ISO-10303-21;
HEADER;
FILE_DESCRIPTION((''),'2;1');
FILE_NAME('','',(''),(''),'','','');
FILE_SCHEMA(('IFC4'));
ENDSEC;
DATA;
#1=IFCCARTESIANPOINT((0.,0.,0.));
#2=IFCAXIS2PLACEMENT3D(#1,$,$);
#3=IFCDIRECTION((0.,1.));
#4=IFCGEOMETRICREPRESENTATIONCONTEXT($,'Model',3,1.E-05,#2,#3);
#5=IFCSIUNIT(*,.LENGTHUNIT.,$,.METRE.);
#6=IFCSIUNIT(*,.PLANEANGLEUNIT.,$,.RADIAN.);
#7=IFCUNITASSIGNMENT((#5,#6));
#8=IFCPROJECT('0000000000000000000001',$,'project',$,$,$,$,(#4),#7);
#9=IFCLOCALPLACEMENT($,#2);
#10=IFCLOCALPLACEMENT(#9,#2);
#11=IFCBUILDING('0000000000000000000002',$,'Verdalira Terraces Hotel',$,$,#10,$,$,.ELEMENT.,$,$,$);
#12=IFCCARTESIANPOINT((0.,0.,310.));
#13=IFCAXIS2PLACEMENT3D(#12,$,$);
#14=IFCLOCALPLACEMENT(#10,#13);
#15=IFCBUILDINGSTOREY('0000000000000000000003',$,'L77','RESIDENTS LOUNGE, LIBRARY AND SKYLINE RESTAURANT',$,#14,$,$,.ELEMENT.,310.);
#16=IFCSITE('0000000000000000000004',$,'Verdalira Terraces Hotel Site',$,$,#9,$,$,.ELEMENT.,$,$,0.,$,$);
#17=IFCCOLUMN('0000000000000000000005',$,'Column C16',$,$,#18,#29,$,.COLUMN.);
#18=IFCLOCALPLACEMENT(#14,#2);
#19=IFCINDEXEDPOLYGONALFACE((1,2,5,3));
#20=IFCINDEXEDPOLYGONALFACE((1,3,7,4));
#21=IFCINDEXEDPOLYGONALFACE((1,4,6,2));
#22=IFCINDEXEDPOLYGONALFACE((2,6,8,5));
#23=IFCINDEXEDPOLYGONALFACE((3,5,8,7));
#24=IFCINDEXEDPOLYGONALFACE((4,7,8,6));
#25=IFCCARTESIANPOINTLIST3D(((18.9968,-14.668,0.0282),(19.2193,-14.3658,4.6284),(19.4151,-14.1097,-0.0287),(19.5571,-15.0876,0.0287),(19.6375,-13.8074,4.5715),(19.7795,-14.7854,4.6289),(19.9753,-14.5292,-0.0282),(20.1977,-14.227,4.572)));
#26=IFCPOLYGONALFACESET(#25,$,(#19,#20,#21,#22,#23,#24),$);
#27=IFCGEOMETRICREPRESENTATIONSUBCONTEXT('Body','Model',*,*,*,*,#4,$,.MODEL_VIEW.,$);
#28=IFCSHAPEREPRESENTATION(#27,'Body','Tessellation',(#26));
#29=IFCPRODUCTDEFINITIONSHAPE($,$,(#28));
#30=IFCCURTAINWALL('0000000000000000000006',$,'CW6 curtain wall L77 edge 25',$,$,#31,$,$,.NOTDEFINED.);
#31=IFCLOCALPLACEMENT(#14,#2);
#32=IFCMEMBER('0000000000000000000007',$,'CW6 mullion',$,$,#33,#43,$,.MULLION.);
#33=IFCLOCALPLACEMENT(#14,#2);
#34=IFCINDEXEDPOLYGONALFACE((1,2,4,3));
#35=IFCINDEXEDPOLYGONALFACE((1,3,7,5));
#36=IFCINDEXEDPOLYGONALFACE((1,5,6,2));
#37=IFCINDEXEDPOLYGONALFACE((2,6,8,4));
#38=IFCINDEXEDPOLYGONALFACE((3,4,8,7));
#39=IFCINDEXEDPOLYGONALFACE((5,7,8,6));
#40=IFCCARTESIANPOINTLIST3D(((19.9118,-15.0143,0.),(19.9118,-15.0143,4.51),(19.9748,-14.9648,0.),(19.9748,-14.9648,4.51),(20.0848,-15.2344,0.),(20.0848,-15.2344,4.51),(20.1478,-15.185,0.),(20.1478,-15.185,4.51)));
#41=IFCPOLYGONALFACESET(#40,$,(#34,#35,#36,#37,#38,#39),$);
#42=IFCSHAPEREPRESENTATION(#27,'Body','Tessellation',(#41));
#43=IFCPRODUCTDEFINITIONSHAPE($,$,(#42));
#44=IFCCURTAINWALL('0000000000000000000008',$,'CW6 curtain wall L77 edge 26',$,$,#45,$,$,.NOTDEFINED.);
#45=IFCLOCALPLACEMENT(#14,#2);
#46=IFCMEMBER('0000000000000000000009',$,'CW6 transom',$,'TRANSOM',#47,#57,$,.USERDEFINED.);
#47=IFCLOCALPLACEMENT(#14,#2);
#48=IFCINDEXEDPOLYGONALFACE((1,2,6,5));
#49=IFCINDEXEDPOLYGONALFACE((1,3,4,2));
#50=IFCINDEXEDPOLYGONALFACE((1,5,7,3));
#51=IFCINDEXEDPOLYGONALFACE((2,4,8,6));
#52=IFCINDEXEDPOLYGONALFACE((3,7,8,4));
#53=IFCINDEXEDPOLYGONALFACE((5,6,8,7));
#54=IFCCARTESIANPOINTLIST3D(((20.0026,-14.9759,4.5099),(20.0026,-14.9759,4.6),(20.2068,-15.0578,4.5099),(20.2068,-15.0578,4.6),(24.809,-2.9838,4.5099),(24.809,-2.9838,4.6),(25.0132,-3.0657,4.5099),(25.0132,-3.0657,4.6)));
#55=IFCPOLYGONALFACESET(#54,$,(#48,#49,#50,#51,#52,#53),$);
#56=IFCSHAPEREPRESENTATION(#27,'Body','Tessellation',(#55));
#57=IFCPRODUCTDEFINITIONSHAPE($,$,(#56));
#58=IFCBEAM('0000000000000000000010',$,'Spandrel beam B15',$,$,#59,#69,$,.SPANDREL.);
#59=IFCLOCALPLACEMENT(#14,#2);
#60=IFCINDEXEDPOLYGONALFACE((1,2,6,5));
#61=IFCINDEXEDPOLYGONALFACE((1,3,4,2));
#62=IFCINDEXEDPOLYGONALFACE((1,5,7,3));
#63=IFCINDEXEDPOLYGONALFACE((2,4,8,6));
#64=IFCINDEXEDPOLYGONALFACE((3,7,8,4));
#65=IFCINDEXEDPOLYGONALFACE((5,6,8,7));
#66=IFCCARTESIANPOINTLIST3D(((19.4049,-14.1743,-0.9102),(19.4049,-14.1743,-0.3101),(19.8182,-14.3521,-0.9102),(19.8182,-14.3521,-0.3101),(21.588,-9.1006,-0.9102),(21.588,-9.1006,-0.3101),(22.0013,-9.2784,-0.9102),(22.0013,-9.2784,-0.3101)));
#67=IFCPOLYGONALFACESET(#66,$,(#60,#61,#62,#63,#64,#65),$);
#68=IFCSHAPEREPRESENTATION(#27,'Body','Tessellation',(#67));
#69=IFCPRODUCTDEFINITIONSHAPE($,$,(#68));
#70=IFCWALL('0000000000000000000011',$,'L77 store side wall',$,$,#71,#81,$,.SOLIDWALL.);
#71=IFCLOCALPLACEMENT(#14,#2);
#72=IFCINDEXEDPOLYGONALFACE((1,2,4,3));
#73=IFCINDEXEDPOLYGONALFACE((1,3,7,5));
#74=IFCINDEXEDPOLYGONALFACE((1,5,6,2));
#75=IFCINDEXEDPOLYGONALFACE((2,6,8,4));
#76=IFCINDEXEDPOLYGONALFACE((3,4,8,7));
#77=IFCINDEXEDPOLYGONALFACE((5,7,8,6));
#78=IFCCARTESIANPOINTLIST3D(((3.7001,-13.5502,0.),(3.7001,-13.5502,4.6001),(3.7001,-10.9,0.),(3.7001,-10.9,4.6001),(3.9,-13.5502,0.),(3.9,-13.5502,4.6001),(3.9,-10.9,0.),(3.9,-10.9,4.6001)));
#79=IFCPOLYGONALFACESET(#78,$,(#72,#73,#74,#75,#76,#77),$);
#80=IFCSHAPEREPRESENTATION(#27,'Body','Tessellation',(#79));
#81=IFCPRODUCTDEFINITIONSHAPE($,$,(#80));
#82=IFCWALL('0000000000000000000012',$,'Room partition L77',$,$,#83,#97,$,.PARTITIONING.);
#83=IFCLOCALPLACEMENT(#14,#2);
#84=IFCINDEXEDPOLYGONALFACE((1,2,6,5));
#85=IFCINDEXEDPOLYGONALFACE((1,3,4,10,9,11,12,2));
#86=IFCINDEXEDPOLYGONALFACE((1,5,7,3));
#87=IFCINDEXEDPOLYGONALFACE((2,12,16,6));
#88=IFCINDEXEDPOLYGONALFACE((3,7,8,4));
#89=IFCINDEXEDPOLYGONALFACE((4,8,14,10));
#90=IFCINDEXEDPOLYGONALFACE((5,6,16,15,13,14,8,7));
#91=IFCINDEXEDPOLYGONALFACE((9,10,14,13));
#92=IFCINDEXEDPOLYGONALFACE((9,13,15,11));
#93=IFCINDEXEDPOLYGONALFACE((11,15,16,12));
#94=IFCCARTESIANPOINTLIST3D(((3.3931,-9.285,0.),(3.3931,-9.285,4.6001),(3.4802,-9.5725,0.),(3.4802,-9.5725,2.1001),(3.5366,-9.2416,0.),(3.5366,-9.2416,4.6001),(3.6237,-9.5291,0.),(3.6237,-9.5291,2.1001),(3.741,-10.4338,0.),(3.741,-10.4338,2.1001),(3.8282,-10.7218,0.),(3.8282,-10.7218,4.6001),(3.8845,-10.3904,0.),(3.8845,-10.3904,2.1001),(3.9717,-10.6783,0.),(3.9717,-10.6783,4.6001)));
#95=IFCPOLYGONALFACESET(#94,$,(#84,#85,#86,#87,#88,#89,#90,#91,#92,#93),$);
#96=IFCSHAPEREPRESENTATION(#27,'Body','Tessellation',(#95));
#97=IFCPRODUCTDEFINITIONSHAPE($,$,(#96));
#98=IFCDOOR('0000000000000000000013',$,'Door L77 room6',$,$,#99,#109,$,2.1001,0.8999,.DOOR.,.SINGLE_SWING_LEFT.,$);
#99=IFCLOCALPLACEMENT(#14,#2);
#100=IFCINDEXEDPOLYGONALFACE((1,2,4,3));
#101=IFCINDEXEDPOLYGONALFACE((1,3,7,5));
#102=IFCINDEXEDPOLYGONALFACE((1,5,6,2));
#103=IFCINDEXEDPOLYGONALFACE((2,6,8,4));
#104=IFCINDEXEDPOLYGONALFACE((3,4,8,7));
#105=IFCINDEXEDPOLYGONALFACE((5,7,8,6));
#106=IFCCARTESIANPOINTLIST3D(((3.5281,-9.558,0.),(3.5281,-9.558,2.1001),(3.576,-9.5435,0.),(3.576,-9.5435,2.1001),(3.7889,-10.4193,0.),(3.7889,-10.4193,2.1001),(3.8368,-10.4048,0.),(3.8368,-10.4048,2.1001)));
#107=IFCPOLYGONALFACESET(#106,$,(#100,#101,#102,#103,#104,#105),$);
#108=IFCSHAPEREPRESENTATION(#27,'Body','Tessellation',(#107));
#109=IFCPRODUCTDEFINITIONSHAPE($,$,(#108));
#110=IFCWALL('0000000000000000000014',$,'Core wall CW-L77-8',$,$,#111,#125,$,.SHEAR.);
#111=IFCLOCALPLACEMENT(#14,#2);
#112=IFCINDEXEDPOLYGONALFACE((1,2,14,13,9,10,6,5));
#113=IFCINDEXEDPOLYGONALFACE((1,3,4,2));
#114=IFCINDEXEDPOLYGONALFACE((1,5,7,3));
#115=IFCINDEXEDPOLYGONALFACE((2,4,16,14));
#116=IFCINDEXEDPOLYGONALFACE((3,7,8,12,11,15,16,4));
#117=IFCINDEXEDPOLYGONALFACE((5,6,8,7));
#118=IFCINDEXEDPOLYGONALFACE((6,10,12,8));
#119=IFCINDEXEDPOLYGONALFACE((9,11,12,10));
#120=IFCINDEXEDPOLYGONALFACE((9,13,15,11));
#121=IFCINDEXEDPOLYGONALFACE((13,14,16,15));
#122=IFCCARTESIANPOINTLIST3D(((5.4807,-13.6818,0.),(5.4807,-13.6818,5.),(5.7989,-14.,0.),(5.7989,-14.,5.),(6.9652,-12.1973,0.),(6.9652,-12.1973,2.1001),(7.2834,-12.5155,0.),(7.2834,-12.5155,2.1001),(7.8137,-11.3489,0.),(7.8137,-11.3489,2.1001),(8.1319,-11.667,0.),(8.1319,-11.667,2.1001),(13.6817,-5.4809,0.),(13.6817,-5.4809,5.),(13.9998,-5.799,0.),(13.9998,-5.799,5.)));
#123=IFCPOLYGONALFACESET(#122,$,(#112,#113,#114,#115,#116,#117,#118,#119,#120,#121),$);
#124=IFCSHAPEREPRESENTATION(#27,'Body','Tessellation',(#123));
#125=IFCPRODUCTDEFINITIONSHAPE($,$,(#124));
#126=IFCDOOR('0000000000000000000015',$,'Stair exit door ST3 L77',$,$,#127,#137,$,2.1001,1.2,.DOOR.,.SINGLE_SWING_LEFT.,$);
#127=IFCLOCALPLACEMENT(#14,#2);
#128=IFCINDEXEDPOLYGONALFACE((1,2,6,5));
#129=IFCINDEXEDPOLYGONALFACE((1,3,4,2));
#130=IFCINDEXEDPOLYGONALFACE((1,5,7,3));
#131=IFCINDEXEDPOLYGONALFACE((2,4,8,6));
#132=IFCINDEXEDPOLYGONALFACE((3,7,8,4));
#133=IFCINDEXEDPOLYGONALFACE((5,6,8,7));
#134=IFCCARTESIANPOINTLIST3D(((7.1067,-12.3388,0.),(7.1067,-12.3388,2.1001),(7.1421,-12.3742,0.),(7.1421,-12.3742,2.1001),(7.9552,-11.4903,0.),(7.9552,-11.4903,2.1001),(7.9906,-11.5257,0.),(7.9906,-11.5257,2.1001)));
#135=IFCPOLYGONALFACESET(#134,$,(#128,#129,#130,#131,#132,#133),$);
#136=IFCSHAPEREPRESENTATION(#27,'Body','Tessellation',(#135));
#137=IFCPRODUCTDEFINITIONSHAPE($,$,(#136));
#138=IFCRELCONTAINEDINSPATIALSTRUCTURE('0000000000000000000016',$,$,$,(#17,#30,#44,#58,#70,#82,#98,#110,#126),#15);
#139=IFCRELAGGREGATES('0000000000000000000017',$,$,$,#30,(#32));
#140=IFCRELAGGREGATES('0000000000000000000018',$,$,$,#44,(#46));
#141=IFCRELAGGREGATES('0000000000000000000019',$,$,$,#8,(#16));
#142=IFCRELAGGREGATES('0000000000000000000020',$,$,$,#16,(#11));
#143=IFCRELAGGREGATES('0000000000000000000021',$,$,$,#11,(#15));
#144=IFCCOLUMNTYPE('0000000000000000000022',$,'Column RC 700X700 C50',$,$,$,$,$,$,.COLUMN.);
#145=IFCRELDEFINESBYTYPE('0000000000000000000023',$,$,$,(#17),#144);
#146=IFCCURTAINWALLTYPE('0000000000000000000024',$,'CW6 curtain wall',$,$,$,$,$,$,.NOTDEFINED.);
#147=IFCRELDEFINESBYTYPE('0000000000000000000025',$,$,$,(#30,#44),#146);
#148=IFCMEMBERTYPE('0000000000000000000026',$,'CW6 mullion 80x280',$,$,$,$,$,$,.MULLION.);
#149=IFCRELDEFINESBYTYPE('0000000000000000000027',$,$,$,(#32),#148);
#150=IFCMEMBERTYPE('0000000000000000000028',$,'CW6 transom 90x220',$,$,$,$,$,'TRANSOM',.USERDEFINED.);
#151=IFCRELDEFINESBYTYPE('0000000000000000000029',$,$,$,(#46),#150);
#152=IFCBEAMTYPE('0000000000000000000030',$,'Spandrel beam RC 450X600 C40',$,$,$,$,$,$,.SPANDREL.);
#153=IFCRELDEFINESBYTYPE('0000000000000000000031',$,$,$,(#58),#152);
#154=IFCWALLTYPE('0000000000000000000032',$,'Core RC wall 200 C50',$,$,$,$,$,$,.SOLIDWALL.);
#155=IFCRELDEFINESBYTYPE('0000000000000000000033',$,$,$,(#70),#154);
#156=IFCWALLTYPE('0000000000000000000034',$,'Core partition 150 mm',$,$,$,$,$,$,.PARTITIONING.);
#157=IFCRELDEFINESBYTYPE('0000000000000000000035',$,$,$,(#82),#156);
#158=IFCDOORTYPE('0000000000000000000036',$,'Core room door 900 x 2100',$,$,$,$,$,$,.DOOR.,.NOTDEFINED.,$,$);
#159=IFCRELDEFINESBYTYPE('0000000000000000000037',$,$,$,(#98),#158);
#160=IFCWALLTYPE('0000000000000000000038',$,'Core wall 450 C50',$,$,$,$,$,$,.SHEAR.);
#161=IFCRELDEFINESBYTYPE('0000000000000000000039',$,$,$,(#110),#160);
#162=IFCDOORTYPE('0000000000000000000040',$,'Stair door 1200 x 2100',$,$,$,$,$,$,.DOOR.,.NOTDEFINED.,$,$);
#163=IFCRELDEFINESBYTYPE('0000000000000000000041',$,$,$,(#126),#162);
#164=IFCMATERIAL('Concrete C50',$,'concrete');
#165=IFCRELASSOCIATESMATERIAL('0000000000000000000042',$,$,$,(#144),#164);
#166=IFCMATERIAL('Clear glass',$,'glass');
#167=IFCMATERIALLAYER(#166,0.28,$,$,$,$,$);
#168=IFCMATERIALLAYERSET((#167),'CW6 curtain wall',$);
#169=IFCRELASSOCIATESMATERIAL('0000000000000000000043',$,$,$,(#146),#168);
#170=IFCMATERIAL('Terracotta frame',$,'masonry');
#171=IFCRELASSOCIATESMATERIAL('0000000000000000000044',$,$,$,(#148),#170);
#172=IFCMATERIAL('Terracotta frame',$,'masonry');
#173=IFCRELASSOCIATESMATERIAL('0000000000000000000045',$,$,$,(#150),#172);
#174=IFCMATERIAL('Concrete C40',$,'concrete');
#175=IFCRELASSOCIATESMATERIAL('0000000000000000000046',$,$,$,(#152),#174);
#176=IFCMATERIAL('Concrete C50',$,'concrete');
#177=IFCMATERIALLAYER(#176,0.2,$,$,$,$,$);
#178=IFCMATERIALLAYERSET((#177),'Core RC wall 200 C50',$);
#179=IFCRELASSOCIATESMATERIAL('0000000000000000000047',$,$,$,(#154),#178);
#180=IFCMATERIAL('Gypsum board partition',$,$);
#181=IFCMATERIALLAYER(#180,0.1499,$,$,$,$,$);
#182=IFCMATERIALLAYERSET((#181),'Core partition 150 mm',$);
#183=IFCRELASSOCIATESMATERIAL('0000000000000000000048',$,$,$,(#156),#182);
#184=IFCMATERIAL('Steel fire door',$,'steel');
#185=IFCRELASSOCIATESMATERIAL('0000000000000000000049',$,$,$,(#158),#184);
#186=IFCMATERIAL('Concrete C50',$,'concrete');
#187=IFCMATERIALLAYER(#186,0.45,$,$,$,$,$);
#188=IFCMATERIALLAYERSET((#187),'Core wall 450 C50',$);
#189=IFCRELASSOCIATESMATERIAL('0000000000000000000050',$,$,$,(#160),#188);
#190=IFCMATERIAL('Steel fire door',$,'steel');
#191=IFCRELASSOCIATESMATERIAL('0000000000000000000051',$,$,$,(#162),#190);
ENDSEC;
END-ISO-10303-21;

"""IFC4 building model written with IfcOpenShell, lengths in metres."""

from ifc_helpers import new_model, si_unit, direction, frame, frame_2d, origin, origin_2d, place, context, subcontext, project, spatial, rectangle, extrude, material, layer, layer_set, material_profile, profile_set, type_object, element, fill, aggregate, save


model = new_model("IFC4")

# Units and contexts
model_context = context("Model", 3, precision=1e-05, world=origin(), true_north=direction((0.0, 1.0)))
body_context = subcontext(model_context, "Body", "Model", "MODEL_VIEW")
ifc_project = project(units=[si_unit("LENGTHUNIT", "METRE"), si_unit("PLANEANGLEUNIT", "RADIAN")], contexts=[model_context])

# Site, building, storey
site_placement = place(None, origin())
site = spatial("IfcSite", under=ifc_project, at=site_placement, Name="Verdalira Terraces Hotel Site", CompositionType="ELEMENT", RefElevation=0.0)
building_placement = place(site_placement, origin())
building = spatial("IfcBuilding", under=site, at=building_placement, Name="Verdalira Terraces Hotel", CompositionType="ELEMENT")
storey_placement = place(building_placement, frame((0.0, 0.0, 310.0)))
storey = spatial("IfcBuildingStorey", under=building, at=storey_placement, Name="L77", Description="RESIDENTS LOUNGE, LIBRARY AND SKYLINE RESTAURANT", CompositionType="ELEMENT", Elevation=310.0)

# Column
ifc_material_1 = material(Name="Concrete C50", Category="concrete")
ifc_material_profile_1 = material_profile(ifc_material_1, rectangle(XDim=0.7, YDim=0.7, at=origin_2d()), Name="RC 700X700")
ifc_profile_set_1 = profile_set([ifc_material_profile_1], Name="Concrete C50")
column_type = type_object("IfcColumnType", Name="Column RC 700X700 C50", PredefinedType="COLUMN", material=ifc_profile_set_1)
column_placement = place(storey_placement, frame((19.4861, -14.5986, 0.0), z_axis=(0.048189, 0.065487, 0.996689), x_axis=(-0.597475, -0.797755, 0.081304)))
element("IfcColumn", 1, at=column_placement, inside=storey, type_object=column_type, Name="Column C16", PredefinedType="COLUMN", context=body_context, shape_type="SweptSolid", body=[
    extrude(rectangle(XDim=0.7, YDim=0.7, at=origin_2d()), origin(), (0.0, 0.0, 1.0), 4.6155),
])

# Curtain walls, members
ifc_material_2 = material(Name="Clear glass", Category="glass")
ifc_layer_1 = layer(ifc_material_2, 0.28)
ifc_layer_set_1 = layer_set([ifc_layer_1], Name="CW6 curtain wall")
curtain_wall_type = type_object("IfcCurtainWallType", Name="CW6 curtain wall", PredefinedType="NOTDEFINED", material=ifc_layer_set_1)
curtain_wall_1_placement = place(storey_placement, origin())
curtain_wall_1 = element("IfcCurtainWall", 2, at=curtain_wall_1_placement, inside=storey, type_object=curtain_wall_type, Name="CW6 curtain wall L77 edge 25", PredefinedType="NOTDEFINED")
ifc_material_3 = material(Name="Terracotta frame", Category="masonry")
ifc_material_profile_2 = material_profile(ifc_material_3, rectangle(XDim=0.0801, YDim=0.28, at=origin_2d()), Name="MU 80x280")
ifc_profile_set_2 = profile_set([ifc_material_profile_2], Name="Terracotta frame")
member_type_1 = type_object("IfcMemberType", Name="CW6 mullion 80x280", PredefinedType="MULLION", material=ifc_profile_set_2)
member_1_placement = place(storey_placement, frame((20.0298, -15.0996, 0.0), z_axis=(0.0, 0.0, 1.0), x_axis=(0.786288, 0.61786, 0.0)))
member_1 = element("IfcMember", 3, at=member_1_placement, type_object=member_type_1, Name="CW6 mullion", PredefinedType="MULLION", context=body_context, shape_type="SweptSolid", body=[
    extrude(rectangle(XDim=0.0801, YDim=0.28, at=origin_2d()), origin(), (0.0, 0.0, 1.0), 4.51),
])
aggregate(curtain_wall_1, [member_1])
curtain_wall_2_placement = place(storey_placement, origin())
curtain_wall_2 = element("IfcCurtainWall", 4, at=curtain_wall_2_placement, inside=storey, type_object=curtain_wall_type, Name="CW6 curtain wall L77 edge 26", PredefinedType="NOTDEFINED")
ifc_material_4 = material(Name="Terracotta frame", Category="masonry")
ifc_material_profile_3 = material_profile(ifc_material_4, rectangle(XDim=0.22, YDim=0.0901, at=origin_2d()), Name="TR 90x220")
ifc_profile_set_3 = profile_set([ifc_material_profile_3], Name="Terracotta frame")
member_type_2 = type_object("IfcMemberType", Name="CW6 transom 90x220", ElementType="TRANSOM", PredefinedType="USERDEFINED", material=ifc_profile_set_3)
member_2_placement = place(storey_placement, frame((20.1047, -15.0168, 4.5549), z_axis=(0.372026, 0.928222, 0.0), x_axis=(-0.928222, 0.372026, 0.0)))
member_2 = element("IfcMember", 5, at=member_2_placement, type_object=member_type_2, Name="CW6 transom", ObjectType="TRANSOM", PredefinedType="USERDEFINED", context=body_context, shape_type="SweptSolid", body=[
    extrude(rectangle(XDim=0.22, YDim=0.0901, at=origin_2d()), origin(), (0.0, 0.0, 1.0), 12.9194),
])
aggregate(curtain_wall_2, [member_2])

# Beam
ifc_material_5 = material(Name="Concrete C40", Category="concrete")
ifc_material_profile_4 = material_profile(ifc_material_5, rectangle(XDim=0.45, YDim=0.6001, at=origin_2d()), Name="RC 450X600")
ifc_profile_set_4 = profile_set([ifc_material_profile_4], Name="Concrete C40")
beam_type = type_object("IfcBeamType", Name="Spandrel beam RC 450X600 C40", PredefinedType="SPANDREL", material=ifc_profile_set_4)
beam_placement = place(storey_placement, frame((19.6116, -14.2632, -0.6101), z_axis=(0.395242, 0.918577, 0.0), x_axis=(-0.918577, 0.395242, 0.0)))
element("IfcBeam", 6, at=beam_placement, inside=storey, type_object=beam_type, Name="Spandrel beam B15", PredefinedType="SPANDREL", context=body_context, shape_type="SweptSolid", body=[
    extrude(rectangle(XDim=0.45, YDim=0.6001, at=origin_2d()), origin(), (0.0, 0.0, 1.0), 5.5234),
])

# Wall
ifc_material_6 = material(Name="Concrete C50", Category="concrete")
ifc_layer_2 = layer(ifc_material_6, 0.2)
ifc_layer_set_2 = layer_set([ifc_layer_2], Name="Core RC wall 200 C50")
wall_type_1 = type_object("IfcWallType", Name="Core RC wall 200 C50", PredefinedType="SOLIDWALL", material=ifc_layer_set_2)
wall_1_placement = place(storey_placement, frame((3.8, -10.8999, 0.0), z_axis=(0.0, 0.0, 1.0), x_axis=(0.0, -1.0, 0.0)))
element("IfcWall", 7, at=wall_1_placement, inside=storey, type_object=wall_type_1, Name="L77 store side wall", PredefinedType="SOLIDWALL", context=body_context, shape_type="SweptSolid", body=[
    extrude(rectangle(XDim=2.6501, YDim=0.2, at=frame_2d((1.3252, 0.0))), origin(), (0.0, 0.0, 1.0), 4.6001),
])

# Walls, openings, doors
ifc_material_7 = material(Name="Gypsum board partition")
ifc_layer_3 = layer(ifc_material_7, 0.1499)
ifc_layer_set_3 = layer_set([ifc_layer_3], Name="Core partition 150 mm")
wall_type_2 = type_object("IfcWallType", Name="Core partition 150 mm", PredefinedType="PARTITIONING", material=ifc_layer_set_3)
wall_2_placement = place(storey_placement, frame((3.8999, -10.7, 0.0), z_axis=(0.0, 0.0, 1.0), x_axis=(-0.289809, 0.957085, 0.0)))
wall_2 = element("IfcWall", 8, at=wall_2_placement, inside=storey, type_object=wall_type_2, Name="Room partition L77", PredefinedType="PARTITIONING", context=body_context, shape_type="SweptSolid", body=[
    extrude(rectangle(XDim=1.5012, YDim=0.1499, at=frame_2d((0.7505, 0.0))), origin(), (0.0, 0.0, 1.0), 4.6001),
])
opening_1_placement = place(wall_2_placement, frame((0.3008, 0.0, 0.0)))
opening_1 = element("IfcOpeningElement", 9, at=opening_1_placement, cuts=wall_2, PredefinedType="OPENING", context=body_context, shape_type="SweptSolid", body=[
    extrude(rectangle(XDim=0.8999, YDim=2.1001, at=frame_2d((0.45, 1.05))), frame((0.0, 0.085, 0.0), z_axis=(0.0, -1.0, 0.0), x_axis=(1.0, 0.0, 0.0)), (0.0, 0.0, 1.0), 0.1699),
])
ifc_material_8 = material(Name="Steel fire door", Category="steel")
door_type_1 = type_object("IfcDoorType", Name="Core room door 900 x 2100", OperationType="NOTDEFINED", PredefinedType="DOOR", material=ifc_material_8)
door_1_placement = place(opening_1_placement, origin())
door_1 = element("IfcDoor", 10, at=door_1_placement, inside=storey, type_object=door_type_1, Name="Door L77 room6", OperationType="SINGLE_SWING_LEFT", OverallHeight=2.1001, OverallWidth=0.8999, PredefinedType="DOOR", context=body_context, shape_type="SweptSolid", body=[
    extrude(rectangle(XDim=0.8999, YDim=2.1001, at=frame_2d((0.45, 1.05))), frame((0.0, 0.0249, 0.0), z_axis=(0.0, -1.0, 0.0), x_axis=(1.0, 0.0, 0.0)), (0.0, 0.0, 1.0), 0.05),
])
fill(opening_1, door_1)
ifc_material_9 = material(Name="Concrete C50", Category="concrete")
ifc_layer_4 = layer(ifc_material_9, 0.45)
ifc_layer_set_4 = layer_set([ifc_layer_4], Name="Core wall 450 C50")
wall_type_3 = type_object("IfcWallType", Name="Core wall 450 C50", PredefinedType="SHEAR", material=ifc_layer_set_4)
wall_3_placement = place(storey_placement, frame((5.6399, -13.8408, 0.0), z_axis=(0.0, 0.0, 1.0), x_axis=(0.707107, 0.707107, 0.0)))
wall_3 = element("IfcWall", 11, at=wall_3_placement, inside=storey, type_object=wall_type_3, Name="Core wall CW-L77-8", PredefinedType="SHEAR", context=body_context, shape_type="SweptSolid", body=[
    extrude(rectangle(XDim=11.5979, YDim=0.45, at=frame_2d((5.7988, 0.0))), origin(), (0.0, 0.0, 1.0), 5.0),
])
opening_2_placement = place(wall_3_placement, frame((2.0991, 0.0, 0.0)))
opening_2 = element("IfcOpeningElement", 12, at=opening_2_placement, cuts=wall_3, PredefinedType="OPENING", context=body_context, shape_type="SweptSolid", body=[
    extrude(rectangle(XDim=1.2, YDim=2.1001, at=frame_2d((0.6001, 1.05))), frame((0.0, 0.2349, 0.0), z_axis=(0.0, -1.0, 0.0), x_axis=(1.0, 0.0, 0.0)), (0.0, 0.0, 1.0), 0.47),
])
ifc_material_10 = material(Name="Steel fire door", Category="steel")
door_type_2 = type_object("IfcDoorType", Name="Stair door 1200 x 2100", OperationType="NOTDEFINED", PredefinedType="DOOR", material=ifc_material_10)
door_2_placement = place(opening_2_placement, origin())
door_2 = element("IfcDoor", 13, at=door_2_placement, inside=storey, type_object=door_type_2, Name="Stair exit door ST3 L77", OperationType="SINGLE_SWING_LEFT", OverallHeight=2.1001, OverallWidth=1.2, PredefinedType="DOOR", context=body_context, shape_type="SweptSolid", body=[
    extrude(rectangle(XDim=1.2, YDim=2.1001, at=frame_2d((0.6001, 1.05))), frame((0.0, 0.0249, 0.0), z_axis=(0.0, -1.0, 0.0), x_axis=(1.0, 0.0, 0.0)), (0.0, 0.0, 1.0), 0.05),
])
fill(opening_2, door_2)

save(model, "model.ifc")
